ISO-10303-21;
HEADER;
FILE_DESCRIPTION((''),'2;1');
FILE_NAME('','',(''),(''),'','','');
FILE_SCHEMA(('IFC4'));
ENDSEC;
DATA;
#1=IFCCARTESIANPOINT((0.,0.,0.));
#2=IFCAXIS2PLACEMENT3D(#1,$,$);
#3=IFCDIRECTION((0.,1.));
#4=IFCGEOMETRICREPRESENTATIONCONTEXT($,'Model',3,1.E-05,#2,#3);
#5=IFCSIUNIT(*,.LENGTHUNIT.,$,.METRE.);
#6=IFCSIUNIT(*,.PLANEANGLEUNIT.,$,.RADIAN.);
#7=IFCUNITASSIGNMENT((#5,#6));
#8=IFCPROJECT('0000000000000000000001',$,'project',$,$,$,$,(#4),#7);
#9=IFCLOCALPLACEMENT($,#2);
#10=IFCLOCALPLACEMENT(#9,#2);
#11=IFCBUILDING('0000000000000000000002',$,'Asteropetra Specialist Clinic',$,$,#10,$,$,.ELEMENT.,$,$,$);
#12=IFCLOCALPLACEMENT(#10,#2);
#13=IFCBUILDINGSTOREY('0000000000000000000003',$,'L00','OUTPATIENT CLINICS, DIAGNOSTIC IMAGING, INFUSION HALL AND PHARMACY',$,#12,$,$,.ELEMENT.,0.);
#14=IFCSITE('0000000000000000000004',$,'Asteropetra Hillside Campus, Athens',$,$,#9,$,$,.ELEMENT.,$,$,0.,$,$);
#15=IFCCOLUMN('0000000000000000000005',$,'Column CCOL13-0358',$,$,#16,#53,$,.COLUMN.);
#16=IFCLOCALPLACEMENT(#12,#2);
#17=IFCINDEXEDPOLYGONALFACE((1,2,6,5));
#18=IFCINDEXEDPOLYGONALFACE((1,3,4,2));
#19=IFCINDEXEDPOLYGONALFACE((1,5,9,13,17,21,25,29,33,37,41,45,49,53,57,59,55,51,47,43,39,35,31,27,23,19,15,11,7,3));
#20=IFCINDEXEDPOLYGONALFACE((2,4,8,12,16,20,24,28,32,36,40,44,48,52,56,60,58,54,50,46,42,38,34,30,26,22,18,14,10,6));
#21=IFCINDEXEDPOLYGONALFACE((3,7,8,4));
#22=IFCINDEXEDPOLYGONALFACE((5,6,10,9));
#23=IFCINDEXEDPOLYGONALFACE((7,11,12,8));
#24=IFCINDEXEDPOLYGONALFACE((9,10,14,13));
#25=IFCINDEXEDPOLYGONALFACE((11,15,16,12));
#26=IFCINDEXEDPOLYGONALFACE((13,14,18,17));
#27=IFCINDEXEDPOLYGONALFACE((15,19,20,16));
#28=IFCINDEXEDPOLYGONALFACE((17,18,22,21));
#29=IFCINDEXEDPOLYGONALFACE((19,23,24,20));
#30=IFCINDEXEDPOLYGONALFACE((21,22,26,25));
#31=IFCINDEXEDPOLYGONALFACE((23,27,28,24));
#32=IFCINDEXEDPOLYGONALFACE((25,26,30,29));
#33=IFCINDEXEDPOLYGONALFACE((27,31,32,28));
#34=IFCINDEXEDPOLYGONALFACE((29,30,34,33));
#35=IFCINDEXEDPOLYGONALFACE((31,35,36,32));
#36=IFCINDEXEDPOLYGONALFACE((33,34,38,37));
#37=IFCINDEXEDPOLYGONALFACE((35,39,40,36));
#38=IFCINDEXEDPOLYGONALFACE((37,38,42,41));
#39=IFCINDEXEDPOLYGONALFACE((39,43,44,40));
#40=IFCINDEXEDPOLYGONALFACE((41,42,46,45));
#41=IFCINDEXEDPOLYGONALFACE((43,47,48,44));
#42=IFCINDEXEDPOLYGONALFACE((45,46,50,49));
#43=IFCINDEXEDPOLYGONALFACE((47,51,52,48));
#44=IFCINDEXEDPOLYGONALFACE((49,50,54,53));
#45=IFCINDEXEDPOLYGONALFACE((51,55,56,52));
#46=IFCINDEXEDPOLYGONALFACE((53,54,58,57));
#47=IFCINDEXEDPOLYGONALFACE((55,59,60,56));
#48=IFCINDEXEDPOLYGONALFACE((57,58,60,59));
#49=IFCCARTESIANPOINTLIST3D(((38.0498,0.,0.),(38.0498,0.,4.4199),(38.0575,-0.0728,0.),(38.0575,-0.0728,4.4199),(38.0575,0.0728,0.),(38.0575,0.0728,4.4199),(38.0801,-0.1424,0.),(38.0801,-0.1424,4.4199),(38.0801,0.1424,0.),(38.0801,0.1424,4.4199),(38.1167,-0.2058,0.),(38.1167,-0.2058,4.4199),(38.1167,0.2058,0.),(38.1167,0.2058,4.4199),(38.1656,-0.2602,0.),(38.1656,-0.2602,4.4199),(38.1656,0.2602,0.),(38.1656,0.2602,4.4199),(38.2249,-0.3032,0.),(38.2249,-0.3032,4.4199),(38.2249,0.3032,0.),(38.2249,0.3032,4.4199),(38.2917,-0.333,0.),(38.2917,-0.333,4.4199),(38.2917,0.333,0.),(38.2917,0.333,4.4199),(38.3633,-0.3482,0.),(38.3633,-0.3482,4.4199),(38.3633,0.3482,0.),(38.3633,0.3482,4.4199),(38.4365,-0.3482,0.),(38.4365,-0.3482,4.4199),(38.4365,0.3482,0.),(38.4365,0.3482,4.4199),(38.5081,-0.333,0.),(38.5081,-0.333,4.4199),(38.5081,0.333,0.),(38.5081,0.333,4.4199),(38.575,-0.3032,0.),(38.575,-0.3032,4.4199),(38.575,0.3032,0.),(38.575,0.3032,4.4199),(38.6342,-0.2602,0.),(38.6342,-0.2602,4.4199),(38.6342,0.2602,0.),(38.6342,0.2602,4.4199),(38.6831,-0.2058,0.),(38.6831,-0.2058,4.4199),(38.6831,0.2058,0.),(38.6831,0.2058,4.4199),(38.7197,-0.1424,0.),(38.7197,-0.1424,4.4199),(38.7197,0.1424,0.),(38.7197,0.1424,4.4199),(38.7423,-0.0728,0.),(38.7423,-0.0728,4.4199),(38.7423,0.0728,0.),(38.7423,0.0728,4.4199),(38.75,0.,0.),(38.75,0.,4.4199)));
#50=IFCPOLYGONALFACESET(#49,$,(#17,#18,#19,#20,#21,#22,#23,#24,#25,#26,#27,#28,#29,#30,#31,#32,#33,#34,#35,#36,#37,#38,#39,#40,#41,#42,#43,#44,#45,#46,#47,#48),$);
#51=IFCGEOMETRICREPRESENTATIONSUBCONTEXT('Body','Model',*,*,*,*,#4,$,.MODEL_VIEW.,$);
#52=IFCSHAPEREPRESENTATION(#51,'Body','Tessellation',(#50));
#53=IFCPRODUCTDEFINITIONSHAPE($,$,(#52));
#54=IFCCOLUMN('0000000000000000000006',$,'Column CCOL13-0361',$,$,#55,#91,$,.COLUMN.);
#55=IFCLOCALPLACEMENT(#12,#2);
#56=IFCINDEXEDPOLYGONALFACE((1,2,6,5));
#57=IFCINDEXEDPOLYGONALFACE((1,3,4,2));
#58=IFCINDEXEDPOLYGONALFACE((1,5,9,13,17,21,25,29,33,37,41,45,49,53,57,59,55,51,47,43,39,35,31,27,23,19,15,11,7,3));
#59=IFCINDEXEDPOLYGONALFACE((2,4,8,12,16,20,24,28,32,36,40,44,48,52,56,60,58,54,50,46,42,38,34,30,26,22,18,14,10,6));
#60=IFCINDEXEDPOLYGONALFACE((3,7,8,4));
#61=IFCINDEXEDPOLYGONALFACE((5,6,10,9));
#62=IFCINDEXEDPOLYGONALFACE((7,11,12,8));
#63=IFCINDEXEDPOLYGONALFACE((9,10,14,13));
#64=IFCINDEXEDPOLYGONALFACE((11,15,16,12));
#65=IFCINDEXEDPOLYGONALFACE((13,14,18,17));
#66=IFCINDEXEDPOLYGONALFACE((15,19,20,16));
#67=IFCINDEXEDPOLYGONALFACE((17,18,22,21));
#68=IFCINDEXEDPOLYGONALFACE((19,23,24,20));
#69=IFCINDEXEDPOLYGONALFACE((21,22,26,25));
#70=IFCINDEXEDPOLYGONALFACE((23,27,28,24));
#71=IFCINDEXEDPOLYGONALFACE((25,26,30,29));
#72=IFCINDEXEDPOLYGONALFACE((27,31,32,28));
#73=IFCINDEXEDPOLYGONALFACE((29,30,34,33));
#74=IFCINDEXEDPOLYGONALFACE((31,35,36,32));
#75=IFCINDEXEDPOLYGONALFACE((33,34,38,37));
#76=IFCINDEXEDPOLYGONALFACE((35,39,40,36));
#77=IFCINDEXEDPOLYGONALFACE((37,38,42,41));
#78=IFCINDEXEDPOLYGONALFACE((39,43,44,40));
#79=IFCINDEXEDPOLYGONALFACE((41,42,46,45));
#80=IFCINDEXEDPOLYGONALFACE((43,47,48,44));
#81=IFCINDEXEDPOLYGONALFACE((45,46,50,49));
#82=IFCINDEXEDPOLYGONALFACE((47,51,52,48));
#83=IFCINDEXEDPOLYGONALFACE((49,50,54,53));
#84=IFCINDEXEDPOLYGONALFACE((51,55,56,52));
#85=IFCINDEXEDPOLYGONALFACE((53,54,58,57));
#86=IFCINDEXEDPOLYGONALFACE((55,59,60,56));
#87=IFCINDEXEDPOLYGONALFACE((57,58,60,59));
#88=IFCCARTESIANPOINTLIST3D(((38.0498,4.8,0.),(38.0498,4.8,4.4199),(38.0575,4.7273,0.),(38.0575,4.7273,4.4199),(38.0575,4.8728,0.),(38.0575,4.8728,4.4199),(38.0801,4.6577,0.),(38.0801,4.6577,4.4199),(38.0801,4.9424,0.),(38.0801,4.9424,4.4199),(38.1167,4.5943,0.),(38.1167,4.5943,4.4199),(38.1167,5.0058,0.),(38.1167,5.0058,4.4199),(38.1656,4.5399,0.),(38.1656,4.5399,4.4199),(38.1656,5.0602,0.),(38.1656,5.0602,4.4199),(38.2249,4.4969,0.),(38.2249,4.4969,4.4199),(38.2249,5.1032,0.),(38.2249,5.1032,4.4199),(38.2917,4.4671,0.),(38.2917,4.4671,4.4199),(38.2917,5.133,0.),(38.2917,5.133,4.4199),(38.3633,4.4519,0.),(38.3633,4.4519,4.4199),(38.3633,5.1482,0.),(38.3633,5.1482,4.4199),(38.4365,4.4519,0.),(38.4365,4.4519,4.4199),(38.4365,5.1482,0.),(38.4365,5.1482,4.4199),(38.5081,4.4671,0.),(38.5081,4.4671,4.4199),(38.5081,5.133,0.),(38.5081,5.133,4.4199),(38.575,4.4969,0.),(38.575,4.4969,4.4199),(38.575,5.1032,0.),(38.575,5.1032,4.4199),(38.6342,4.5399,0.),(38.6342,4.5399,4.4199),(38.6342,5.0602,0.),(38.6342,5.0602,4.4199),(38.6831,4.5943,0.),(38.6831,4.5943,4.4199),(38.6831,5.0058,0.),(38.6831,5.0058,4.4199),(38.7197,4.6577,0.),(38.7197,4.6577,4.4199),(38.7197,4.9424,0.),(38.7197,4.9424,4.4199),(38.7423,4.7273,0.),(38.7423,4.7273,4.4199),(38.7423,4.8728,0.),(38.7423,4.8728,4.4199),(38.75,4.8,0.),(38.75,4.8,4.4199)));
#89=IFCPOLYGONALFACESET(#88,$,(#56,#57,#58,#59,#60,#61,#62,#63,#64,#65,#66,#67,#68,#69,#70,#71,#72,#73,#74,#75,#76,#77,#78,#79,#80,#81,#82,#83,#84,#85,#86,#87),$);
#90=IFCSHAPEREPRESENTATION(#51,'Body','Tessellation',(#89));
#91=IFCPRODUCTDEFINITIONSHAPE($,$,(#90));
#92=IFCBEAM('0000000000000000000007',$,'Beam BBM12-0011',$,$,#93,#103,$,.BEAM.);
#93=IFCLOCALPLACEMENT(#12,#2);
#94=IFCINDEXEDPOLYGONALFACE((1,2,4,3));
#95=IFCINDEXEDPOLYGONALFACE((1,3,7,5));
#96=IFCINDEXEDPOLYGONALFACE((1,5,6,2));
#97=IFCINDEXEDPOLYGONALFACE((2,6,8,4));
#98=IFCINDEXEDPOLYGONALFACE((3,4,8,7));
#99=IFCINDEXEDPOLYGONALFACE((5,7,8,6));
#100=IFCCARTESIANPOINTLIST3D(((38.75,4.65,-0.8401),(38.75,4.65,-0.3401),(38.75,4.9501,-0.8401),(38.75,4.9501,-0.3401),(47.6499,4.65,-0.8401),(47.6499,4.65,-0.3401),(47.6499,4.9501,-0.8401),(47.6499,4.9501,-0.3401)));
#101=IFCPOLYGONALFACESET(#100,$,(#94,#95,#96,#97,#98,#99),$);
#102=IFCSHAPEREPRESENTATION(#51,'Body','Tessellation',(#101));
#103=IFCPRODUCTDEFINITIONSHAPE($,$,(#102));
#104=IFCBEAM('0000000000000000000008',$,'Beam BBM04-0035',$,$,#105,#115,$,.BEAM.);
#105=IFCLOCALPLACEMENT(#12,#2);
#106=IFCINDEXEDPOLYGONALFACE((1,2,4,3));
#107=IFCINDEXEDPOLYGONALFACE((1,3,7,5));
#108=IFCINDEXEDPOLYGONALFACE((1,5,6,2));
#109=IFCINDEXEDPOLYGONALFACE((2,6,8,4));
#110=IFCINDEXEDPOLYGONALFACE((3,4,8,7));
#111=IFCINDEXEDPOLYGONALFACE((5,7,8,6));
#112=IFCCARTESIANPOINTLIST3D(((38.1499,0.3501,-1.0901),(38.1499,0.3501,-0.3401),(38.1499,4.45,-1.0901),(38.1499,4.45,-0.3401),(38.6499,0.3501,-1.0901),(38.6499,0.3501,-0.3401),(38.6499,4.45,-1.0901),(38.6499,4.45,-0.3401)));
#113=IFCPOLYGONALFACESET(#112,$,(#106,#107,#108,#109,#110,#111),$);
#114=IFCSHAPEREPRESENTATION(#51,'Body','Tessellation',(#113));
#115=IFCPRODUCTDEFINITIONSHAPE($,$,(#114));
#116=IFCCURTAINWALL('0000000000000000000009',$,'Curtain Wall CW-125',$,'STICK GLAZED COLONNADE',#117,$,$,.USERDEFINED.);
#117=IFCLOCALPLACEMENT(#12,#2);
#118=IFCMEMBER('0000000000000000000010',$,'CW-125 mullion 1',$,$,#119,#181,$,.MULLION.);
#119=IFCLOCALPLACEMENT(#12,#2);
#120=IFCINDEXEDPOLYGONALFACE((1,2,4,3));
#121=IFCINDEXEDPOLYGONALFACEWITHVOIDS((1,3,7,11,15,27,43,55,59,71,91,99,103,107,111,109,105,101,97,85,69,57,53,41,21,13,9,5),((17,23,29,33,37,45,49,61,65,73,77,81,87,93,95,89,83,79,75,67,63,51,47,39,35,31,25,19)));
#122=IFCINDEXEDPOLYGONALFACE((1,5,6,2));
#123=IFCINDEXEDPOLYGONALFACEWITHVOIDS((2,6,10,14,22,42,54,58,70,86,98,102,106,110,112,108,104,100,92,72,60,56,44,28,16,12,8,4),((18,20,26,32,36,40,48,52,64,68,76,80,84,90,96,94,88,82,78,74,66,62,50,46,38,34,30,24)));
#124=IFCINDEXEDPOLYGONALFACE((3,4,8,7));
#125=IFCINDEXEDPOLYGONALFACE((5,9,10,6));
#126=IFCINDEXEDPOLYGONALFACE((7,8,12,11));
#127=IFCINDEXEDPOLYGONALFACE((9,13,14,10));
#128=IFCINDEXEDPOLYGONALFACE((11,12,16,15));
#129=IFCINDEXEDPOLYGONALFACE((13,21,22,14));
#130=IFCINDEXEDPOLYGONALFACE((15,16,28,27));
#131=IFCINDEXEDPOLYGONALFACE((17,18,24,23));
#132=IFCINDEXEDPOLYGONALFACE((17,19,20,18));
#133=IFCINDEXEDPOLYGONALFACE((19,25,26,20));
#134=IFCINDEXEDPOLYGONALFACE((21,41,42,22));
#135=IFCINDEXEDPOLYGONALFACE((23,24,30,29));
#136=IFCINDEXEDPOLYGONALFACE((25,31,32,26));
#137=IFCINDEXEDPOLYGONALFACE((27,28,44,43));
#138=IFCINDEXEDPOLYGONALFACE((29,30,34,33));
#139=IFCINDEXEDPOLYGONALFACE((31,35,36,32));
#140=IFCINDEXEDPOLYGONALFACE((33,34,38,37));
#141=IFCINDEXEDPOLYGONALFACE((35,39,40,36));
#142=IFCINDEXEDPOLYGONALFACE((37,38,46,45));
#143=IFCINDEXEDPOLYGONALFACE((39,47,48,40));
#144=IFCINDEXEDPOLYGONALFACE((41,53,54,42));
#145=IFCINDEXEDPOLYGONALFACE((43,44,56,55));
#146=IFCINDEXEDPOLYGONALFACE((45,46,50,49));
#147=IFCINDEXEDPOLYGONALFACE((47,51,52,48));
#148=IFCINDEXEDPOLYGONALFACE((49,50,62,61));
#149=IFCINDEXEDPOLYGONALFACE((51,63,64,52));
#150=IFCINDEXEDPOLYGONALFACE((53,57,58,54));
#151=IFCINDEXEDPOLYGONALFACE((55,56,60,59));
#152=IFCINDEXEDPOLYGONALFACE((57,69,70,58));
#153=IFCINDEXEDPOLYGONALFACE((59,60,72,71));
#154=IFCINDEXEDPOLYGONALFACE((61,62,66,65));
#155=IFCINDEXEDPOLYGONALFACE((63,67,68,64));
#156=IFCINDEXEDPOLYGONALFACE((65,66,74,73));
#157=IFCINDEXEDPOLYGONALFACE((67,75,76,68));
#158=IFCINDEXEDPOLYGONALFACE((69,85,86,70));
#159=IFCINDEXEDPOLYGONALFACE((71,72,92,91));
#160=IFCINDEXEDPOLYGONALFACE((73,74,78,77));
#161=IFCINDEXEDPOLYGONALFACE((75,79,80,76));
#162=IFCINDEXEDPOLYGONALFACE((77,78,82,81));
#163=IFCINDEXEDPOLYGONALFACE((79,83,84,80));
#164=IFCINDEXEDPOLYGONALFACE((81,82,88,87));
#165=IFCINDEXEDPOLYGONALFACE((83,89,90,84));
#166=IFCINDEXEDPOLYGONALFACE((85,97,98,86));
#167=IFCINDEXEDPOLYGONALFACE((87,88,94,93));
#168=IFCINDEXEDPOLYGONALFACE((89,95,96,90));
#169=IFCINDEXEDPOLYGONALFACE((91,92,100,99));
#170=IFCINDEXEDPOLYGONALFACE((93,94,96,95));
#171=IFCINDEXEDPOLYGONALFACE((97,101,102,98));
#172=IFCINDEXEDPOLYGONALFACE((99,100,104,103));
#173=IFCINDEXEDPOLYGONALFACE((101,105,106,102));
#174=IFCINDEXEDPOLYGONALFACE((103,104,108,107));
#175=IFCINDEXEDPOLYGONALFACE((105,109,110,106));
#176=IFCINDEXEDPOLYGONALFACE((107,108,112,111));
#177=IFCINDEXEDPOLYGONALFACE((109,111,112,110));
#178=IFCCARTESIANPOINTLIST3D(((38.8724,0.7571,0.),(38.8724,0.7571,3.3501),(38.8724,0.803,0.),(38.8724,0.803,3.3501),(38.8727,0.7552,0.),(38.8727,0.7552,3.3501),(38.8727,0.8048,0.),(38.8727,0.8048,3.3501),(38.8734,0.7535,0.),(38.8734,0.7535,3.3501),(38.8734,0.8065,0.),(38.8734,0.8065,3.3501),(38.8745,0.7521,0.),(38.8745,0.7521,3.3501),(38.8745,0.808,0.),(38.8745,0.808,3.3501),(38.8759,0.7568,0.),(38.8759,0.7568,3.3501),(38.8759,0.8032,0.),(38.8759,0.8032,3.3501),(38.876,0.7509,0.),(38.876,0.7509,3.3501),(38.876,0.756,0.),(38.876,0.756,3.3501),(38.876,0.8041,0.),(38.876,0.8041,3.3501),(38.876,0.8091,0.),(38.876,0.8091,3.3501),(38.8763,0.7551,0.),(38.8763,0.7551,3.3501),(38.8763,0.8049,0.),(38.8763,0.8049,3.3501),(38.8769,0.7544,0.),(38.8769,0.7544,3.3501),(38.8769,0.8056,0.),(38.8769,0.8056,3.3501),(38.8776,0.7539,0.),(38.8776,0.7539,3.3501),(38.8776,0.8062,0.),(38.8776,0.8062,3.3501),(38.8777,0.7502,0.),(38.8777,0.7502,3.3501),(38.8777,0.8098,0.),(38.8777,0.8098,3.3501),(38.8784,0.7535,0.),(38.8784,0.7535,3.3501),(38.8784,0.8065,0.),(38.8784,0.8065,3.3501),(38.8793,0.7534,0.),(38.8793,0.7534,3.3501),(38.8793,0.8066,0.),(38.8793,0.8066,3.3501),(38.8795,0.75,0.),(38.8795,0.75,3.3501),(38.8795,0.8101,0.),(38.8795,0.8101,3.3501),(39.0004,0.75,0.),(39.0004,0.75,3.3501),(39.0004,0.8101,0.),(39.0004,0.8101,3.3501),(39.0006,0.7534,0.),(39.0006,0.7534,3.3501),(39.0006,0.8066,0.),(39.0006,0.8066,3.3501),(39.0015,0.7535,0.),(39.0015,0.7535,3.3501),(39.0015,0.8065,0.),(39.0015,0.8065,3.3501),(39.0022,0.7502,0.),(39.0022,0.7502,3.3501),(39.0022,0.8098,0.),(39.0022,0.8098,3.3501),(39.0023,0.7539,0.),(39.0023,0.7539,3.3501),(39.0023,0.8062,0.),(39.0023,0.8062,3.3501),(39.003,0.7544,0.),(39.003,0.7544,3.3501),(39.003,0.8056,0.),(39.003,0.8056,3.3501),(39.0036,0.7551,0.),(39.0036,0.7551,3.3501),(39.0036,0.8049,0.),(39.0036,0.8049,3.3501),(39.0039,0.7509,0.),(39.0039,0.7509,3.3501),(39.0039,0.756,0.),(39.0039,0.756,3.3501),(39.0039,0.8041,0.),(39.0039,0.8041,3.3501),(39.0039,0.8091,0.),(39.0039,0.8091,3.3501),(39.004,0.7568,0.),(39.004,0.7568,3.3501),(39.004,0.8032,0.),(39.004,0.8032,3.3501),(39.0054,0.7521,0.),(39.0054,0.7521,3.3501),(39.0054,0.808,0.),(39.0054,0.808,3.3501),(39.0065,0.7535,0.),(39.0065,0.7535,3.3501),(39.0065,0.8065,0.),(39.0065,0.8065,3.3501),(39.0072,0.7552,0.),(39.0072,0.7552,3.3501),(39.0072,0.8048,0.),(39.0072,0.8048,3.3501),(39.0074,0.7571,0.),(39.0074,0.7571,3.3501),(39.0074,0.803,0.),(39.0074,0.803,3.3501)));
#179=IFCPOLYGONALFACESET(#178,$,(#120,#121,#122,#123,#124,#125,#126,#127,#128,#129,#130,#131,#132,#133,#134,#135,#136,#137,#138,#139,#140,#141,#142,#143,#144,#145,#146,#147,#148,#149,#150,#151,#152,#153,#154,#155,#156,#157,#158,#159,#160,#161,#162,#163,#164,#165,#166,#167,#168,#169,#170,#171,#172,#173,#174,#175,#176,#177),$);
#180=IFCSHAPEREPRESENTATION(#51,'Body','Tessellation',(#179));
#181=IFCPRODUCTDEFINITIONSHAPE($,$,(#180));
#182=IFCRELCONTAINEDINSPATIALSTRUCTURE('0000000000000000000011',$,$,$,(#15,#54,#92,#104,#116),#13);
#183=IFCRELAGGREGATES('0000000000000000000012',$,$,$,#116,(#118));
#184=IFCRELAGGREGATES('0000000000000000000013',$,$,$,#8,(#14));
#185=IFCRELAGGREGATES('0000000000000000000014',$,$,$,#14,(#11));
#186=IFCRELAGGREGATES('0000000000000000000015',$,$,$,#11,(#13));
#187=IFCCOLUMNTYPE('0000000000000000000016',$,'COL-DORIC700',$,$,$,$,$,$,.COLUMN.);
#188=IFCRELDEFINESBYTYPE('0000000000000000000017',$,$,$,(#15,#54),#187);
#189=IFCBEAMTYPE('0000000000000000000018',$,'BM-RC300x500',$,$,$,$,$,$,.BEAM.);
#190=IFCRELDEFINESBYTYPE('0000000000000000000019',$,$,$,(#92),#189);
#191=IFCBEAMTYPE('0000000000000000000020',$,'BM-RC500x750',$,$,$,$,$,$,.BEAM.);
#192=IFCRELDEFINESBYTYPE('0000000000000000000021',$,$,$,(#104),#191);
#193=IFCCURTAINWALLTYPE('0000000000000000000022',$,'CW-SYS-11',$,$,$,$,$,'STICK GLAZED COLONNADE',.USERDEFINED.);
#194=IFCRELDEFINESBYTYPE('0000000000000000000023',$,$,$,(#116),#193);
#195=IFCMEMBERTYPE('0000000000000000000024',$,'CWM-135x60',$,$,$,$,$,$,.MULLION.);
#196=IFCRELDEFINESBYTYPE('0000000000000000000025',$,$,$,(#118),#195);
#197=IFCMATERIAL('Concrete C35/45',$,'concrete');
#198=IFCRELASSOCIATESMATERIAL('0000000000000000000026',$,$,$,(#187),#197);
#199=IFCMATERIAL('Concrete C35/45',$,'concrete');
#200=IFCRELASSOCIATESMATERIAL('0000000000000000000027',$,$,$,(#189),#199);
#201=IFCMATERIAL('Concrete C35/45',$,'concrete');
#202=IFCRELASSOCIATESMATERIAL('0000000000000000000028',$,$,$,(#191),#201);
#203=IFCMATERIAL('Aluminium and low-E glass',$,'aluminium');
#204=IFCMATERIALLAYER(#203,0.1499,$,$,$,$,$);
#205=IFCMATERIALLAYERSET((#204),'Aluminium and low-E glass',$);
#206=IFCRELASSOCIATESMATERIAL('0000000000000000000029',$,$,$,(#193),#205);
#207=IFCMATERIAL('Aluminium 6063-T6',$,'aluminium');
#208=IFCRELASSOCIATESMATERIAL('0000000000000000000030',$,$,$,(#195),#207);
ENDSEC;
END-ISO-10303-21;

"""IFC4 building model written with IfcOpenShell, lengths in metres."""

from ifc_helpers import new_model, si_unit, direction, frame, origin, origin_2d, place, context, subcontext, project, spatial, rectangle, hollow_rectangle, circle, extrude, material, layer, layer_set, material_profile, profile_set, type_object, element, aggregate, save


model = new_model("IFC4")

# Units and contexts
model_context = context("Model", 3, precision=1e-05, world=origin(), true_north=direction((0.0, 1.0)))
body_context = subcontext(model_context, "Body", "Model", "MODEL_VIEW")
ifc_project = project(units=[si_unit("LENGTHUNIT", "METRE"), si_unit("PLANEANGLEUNIT", "RADIAN")], contexts=[model_context])

# Site, building, storey
site_placement = place(None, origin())
site = spatial("IfcSite", under=ifc_project, at=site_placement, Name="Asteropetra Hillside Campus, Athens", CompositionType="ELEMENT", RefElevation=0.0)
building_placement = place(site_placement, origin())
building = spatial("IfcBuilding", under=site, at=building_placement, Name="Asteropetra Specialist Clinic", CompositionType="ELEMENT")
storey_placement = place(building_placement, origin())
storey = spatial("IfcBuildingStorey", under=building, at=storey_placement, Name="L00", Description="OUTPATIENT CLINICS, DIAGNOSTIC IMAGING, INFUSION HALL AND PHARMACY", CompositionType="ELEMENT", Elevation=0.0)

# Columns
ifc_material_1 = material(Name="Concrete C35/45", Category="concrete")
ifc_material_profile_1 = material_profile(ifc_material_1, circle(Radius=0.3501, at=origin_2d()), Name="RCC D700")
ifc_profile_set_1 = profile_set([ifc_material_profile_1], Name="Concrete C35/45")
column_type = type_object("IfcColumnType", Name="COL-DORIC700", PredefinedType="COLUMN", material=ifc_profile_set_1)
for number, where, z_axis, x_axis, name in (
    (1, (38.3999, 0.0, 0.0), (0.0, 0.0, 1.0), (1.0, 0.0, 0.0), "Column CCOL13-0358"),
    (2, (38.3999, 4.8, 0.0), (0.0, 0.0, 1.0), (1.0, 0.0, 0.0), "Column CCOL13-0361"),
):
    element("IfcColumn", number, at=place(storey_placement, frame(where, z_axis=z_axis, x_axis=x_axis)), inside=storey, type_object=column_type, Name=name, PredefinedType="COLUMN", context=body_context, shape_type="SweptSolid", body=[
        extrude(circle(Radius=0.3501, at=origin_2d()), origin(), (0.0, 0.0, 1.0), 4.4199),
    ])

# Beams
ifc_material_2 = material(Name="Concrete C35/45", Category="concrete")
ifc_material_profile_2 = material_profile(ifc_material_2, rectangle(XDim=0.3, YDim=0.5, at=origin_2d()), Name="RCB 300x500")
ifc_profile_set_2 = profile_set([ifc_material_profile_2], Name="Concrete C35/45")
beam_type_1 = type_object("IfcBeamType", Name="BM-RC300x500", PredefinedType="BEAM", material=ifc_profile_set_2)
beam_1_placement = place(storey_placement, frame((38.75, 4.8, -0.5901), z_axis=(1.0, 0.0, 0.0), x_axis=(0.0, 1.0, 0.0)))
element("IfcBeam", 3, at=beam_1_placement, inside=storey, type_object=beam_type_1, Name="Beam BBM12-0011", PredefinedType="BEAM", context=body_context, shape_type="SweptSolid", body=[
    extrude(rectangle(XDim=0.3, YDim=0.5, at=origin_2d()), origin(), (0.0, 0.0, 1.0), 8.8999),
])
ifc_material_3 = material(Name="Concrete C35/45", Category="concrete")
ifc_material_profile_3 = material_profile(ifc_material_3, rectangle(XDim=0.5, YDim=0.75, at=origin_2d()), Name="RCB 500x750")
ifc_profile_set_3 = profile_set([ifc_material_profile_3], Name="Concrete C35/45")
beam_type_2 = type_object("IfcBeamType", Name="BM-RC500x750", PredefinedType="BEAM", material=ifc_profile_set_3)
beam_2_placement = place(storey_placement, frame((38.3999, 0.3501, -0.7151), z_axis=(0.0, 1.0, 0.0), x_axis=(-1.0, 0.0, 0.0)))
element("IfcBeam", 4, at=beam_2_placement, inside=storey, type_object=beam_type_2, Name="Beam BBM04-0035", PredefinedType="BEAM", context=body_context, shape_type="SweptSolid", body=[
    extrude(rectangle(XDim=0.5, YDim=0.75, at=origin_2d()), origin(), (0.0, 0.0, 1.0), 4.0999),
])

# Curtain wall, member
ifc_material_4 = material(Name="Aluminium and low-E glass", Category="aluminium")
ifc_layer_1 = layer(ifc_material_4, 0.1499)
ifc_layer_set_1 = layer_set([ifc_layer_1], Name="Aluminium and low-E glass")
curtain_wall_type_1 = type_object("IfcCurtainWallType", Name="CW-SYS-11", ElementType="STICK GLAZED COLONNADE", PredefinedType="USERDEFINED", material=ifc_layer_set_1)
curtain_wall_1_placement = place(storey_placement, origin())
curtain_wall_1 = element("IfcCurtainWall", 5, at=curtain_wall_1_placement, inside=storey, type_object=curtain_wall_type_1, Name="Curtain Wall CW-125", ObjectType="STICK GLAZED COLONNADE", PredefinedType="USERDEFINED")
ifc_material_5 = material(Name="Aluminium 6063-T6", Category="aluminium")
ifc_material_profile_4 = material_profile(ifc_material_5, hollow_rectangle(XDim=0.0601, YDim=0.135, WallThickness=0.0034, InnerFilletRadius=0.0034, OuterFilletRadius=0.0071, at=origin_2d()), Name="MUL 135x60x3.5")
ifc_profile_set_4 = profile_set([ifc_material_profile_4], Name="Aluminium 6063-T6")
member_type_1 = type_object("IfcMemberType", Name="CWM-135x60", PredefinedType="MULLION", material=ifc_profile_set_4)
member_1_placement = place(storey_placement, frame((38.9399, 0.78, 0.0), z_axis=(0.0, 0.0, 1.0), x_axis=(0.0, 1.0, 0.0)))
member_1 = element("IfcMember", 6, at=member_1_placement, type_object=member_type_1, Name="CW-125 mullion 1", PredefinedType="MULLION", context=body_context, shape_type="SweptSolid", body=[
    extrude(hollow_rectangle(XDim=0.0601, YDim=0.135, WallThickness=0.0034, InnerFilletRadius=0.0034, OuterFilletRadius=0.0071, at=origin_2d()), origin(), (0.0, 0.0, 1.0), 3.3501),
])

aggregate(curtain_wall_1, [member_1])

save(model, "model.ifc")
